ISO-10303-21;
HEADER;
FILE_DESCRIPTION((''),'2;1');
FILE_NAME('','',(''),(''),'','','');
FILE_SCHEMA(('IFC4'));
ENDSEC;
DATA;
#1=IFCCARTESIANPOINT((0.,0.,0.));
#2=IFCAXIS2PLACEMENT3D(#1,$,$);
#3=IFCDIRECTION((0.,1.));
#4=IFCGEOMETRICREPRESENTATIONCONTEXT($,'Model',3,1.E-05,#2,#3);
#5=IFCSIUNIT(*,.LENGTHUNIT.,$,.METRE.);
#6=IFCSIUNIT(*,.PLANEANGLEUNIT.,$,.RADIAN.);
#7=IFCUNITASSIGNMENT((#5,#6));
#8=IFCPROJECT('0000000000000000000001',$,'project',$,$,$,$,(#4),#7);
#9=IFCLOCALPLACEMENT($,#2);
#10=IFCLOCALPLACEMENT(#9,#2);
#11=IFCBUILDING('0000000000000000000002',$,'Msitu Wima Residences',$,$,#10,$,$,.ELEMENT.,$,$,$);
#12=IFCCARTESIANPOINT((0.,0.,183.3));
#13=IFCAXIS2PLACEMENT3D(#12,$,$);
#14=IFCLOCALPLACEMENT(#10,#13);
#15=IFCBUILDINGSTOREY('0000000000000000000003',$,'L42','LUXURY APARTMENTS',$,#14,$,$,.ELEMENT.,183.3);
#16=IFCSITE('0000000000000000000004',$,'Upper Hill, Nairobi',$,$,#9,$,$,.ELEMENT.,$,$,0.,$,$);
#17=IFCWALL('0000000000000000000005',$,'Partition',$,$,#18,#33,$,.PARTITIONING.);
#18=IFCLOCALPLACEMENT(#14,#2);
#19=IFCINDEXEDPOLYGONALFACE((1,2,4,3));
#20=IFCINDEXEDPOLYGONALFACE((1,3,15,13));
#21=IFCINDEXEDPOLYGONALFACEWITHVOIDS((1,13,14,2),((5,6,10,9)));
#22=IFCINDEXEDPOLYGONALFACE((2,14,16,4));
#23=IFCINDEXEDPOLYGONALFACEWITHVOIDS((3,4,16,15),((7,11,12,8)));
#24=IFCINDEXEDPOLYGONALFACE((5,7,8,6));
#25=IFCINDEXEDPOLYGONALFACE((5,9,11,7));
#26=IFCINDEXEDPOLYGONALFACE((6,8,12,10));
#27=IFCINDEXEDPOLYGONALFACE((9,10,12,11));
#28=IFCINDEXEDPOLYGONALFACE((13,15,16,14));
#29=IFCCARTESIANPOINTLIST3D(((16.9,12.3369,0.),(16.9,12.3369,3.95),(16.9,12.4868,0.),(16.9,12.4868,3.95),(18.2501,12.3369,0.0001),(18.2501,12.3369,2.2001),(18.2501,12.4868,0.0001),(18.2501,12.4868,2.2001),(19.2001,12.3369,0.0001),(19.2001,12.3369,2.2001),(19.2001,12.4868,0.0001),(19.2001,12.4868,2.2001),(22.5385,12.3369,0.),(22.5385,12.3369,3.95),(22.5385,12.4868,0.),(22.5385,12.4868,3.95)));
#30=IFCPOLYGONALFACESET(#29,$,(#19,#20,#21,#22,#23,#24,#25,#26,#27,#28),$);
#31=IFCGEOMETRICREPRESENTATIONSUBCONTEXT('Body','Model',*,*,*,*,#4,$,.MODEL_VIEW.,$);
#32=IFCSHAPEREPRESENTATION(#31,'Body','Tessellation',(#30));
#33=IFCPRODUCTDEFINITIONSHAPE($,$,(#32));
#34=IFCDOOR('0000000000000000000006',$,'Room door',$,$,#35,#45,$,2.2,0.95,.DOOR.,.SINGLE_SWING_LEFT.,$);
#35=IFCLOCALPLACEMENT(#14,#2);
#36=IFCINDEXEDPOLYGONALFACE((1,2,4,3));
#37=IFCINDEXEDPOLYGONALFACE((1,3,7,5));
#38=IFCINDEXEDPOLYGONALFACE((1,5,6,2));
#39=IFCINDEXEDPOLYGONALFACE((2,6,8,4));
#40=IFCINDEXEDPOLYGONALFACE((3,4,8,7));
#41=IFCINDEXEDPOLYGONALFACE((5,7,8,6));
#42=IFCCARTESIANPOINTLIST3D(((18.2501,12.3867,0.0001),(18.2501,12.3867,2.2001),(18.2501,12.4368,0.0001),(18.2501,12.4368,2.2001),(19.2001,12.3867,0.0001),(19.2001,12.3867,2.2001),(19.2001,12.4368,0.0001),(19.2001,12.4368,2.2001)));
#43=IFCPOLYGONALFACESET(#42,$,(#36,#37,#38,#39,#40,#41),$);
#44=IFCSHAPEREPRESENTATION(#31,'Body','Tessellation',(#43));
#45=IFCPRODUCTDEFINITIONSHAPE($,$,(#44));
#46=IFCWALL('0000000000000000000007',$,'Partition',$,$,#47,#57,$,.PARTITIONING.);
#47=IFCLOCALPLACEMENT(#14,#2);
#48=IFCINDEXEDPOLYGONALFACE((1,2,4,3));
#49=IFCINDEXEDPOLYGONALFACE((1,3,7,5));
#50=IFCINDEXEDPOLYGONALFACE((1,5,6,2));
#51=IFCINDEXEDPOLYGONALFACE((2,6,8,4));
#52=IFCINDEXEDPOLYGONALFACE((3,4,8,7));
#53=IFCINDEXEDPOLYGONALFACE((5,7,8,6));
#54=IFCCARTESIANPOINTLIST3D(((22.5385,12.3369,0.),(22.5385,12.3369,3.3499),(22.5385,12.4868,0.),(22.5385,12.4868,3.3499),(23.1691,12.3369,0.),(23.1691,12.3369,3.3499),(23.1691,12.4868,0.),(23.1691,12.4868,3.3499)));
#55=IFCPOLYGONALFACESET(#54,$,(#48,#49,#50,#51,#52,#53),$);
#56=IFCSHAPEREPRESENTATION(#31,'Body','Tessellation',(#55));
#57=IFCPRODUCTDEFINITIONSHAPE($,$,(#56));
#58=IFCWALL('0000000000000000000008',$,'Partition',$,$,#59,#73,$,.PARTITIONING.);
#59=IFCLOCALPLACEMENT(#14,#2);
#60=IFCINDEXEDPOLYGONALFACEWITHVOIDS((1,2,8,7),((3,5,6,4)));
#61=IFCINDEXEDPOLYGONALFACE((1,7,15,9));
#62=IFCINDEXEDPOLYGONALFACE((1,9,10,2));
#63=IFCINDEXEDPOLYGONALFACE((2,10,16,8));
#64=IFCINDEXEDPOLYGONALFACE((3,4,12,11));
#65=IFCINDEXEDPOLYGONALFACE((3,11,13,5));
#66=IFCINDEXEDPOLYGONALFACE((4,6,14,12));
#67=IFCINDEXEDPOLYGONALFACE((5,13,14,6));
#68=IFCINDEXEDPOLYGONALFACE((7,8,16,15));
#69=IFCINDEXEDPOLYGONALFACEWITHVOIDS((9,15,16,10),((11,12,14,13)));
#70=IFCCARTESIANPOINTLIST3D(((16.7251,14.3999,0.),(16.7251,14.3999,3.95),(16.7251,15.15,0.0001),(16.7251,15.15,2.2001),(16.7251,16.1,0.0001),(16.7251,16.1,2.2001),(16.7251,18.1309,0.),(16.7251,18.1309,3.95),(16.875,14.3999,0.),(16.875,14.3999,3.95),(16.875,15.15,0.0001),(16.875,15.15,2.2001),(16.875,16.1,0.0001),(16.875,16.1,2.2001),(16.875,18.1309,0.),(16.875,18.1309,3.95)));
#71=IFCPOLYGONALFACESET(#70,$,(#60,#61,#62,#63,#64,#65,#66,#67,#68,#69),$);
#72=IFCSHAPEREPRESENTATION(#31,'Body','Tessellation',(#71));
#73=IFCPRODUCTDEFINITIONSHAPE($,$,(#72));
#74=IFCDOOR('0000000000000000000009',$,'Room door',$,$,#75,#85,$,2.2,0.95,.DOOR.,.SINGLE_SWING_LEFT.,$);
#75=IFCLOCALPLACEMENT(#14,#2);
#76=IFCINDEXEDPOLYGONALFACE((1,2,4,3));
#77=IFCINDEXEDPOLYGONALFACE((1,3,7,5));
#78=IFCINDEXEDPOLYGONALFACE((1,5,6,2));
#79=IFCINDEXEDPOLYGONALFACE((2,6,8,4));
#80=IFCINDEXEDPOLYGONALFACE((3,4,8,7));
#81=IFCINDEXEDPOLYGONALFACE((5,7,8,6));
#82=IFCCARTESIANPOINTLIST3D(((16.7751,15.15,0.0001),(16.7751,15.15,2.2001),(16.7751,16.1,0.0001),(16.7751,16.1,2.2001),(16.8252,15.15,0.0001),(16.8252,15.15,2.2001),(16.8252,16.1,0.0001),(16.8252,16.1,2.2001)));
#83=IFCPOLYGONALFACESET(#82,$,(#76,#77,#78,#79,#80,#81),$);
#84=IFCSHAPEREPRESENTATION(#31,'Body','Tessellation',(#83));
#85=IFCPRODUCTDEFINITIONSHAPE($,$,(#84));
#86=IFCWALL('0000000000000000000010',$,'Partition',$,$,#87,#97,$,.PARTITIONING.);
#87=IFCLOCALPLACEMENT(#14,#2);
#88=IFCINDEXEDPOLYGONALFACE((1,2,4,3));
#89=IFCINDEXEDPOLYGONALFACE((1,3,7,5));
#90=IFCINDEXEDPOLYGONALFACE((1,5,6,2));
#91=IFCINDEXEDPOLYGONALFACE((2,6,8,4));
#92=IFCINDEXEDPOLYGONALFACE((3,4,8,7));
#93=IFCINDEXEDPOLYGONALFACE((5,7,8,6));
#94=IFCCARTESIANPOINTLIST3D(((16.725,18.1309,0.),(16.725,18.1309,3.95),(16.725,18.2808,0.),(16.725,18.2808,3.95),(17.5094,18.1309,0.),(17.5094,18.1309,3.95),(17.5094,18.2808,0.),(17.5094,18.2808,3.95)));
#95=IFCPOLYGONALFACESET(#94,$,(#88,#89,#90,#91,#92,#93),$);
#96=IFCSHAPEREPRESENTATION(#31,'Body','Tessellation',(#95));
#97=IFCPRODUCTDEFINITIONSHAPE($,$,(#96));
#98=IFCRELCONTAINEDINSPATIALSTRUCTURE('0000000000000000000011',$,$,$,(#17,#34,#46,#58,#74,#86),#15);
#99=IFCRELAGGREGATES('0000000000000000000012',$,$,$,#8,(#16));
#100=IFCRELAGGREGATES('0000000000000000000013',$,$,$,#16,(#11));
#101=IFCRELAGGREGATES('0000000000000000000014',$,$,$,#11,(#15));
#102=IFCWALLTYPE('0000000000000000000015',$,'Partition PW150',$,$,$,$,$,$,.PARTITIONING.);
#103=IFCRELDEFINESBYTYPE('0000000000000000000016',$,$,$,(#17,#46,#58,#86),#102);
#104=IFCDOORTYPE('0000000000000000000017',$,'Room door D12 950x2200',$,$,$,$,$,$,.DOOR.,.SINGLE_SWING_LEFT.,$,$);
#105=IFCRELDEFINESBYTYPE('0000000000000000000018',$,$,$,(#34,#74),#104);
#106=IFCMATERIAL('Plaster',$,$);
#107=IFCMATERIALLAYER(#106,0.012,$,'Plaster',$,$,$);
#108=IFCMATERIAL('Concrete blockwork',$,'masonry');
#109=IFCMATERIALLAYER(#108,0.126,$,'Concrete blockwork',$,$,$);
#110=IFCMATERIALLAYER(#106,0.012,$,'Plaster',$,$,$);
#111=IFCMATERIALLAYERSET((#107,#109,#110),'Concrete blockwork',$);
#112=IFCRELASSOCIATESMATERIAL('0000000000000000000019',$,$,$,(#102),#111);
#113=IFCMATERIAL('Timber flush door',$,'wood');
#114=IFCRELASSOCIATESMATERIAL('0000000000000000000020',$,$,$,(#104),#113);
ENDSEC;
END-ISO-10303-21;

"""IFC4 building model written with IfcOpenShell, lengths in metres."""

from ifc_helpers import new_model, si_unit, direction, frame, frame_2d, origin, place, context, subcontext, project, spatial, rectangle, extrude, material, layer, layer_set, type_object, element, fill, save


model = new_model("IFC4")

# Units and contexts
model_context = context("Model", 3, precision=1e-05, world=origin(), true_north=direction((0.0, 1.0)))
body_context = subcontext(model_context, "Body", "Model", "MODEL_VIEW")
ifc_project = project(units=[si_unit("LENGTHUNIT", "METRE"), si_unit("PLANEANGLEUNIT", "RADIAN")], contexts=[model_context])

# Site, building, storey
site_placement = place(None, origin())
site = spatial("IfcSite", under=ifc_project, at=site_placement, Name="Upper Hill, Nairobi", CompositionType="ELEMENT", RefElevation=0.0)
building_placement = place(site_placement, origin())
building = spatial("IfcBuilding", under=site, at=building_placement, Name="Msitu Wima Residences", CompositionType="ELEMENT")
storey_placement = place(building_placement, frame((0.0, 0.0, 183.3)))
storey = spatial("IfcBuildingStorey", under=building, at=storey_placement, Name="L42", Description="LUXURY APARTMENTS", CompositionType="ELEMENT", Elevation=183.3)

# Shared definitions
ifc_material_1 = material(Name="Plaster")
ifc_material_2 = material(Name="Concrete blockwork", Category="masonry")

# Wall, opening, door
ifc_layer_1 = layer(ifc_material_1, 0.012, Name="Plaster")
ifc_layer_2 = layer(ifc_material_2, 0.126, Name="Concrete blockwork")
ifc_layer_3 = layer(ifc_material_1, 0.012, Name="Plaster")
ifc_layer_set_1 = layer_set([ifc_layer_1, ifc_layer_2, ifc_layer_3], Name="Concrete blockwork")
wall_type_1 = type_object("IfcWallType", Name="Partition PW150", PredefinedType="PARTITIONING", material=ifc_layer_set_1)
ifc_material_3 = material(Name="Timber flush door", Category="wood")
door_type_1 = type_object("IfcDoorType", Name="Room door D12 950x2200", OperationType="SINGLE_SWING_LEFT", PredefinedType="DOOR", material=ifc_material_3)
wall_1_placement = place(storey_placement, frame((16.8999, 12.4119, 0.0), z_axis=(0.0, 0.0, 1.0), x_axis=(1.0, 0.0, 0.0)))
wall_1 = element("IfcWall", 1, at=wall_1_placement, inside=storey, type_object=wall_type_1, Name="Partition", PredefinedType="PARTITIONING", context=body_context, shape_type="SweptSolid", body=[
    extrude(rectangle(XDim=5.6384, YDim=0.1499, at=frame_2d((2.8193, 0.0))), origin(), (0.0, 0.0, 1.0), 3.95),
])
opening_1_placement = place(wall_1_placement, frame((1.3501, 0.0, 0.0)))
opening_1 = element("IfcOpeningElement", 2, at=opening_1_placement, cuts=wall_1, PredefinedType="OPENING", context=body_context, shape_type="SweptSolid", body=[
    extrude(rectangle(XDim=0.95, YDim=2.2, at=frame_2d((0.4751, 1.1001))), frame((0.0, 0.085, 0.0), z_axis=(0.0, -1.0, 0.0), x_axis=(1.0, 0.0, 0.0)), (0.0, 0.0, 1.0), 0.1699),
])
door_1_placement = place(opening_1_placement, origin())
door_1 = element("IfcDoor", 3, at=door_1_placement, inside=storey, type_object=door_type_1, Name="Room door", OperationType="SINGLE_SWING_LEFT", OverallHeight=2.2, OverallWidth=0.95, PredefinedType="DOOR", context=body_context, shape_type="SweptSolid", body=[
    extrude(rectangle(XDim=0.95, YDim=2.2, at=frame_2d((0.4751, 1.1001))), frame((0.0, 0.0249, 0.0), z_axis=(0.0, -1.0, 0.0), x_axis=(1.0, 0.0, 0.0)), (0.0, 0.0, 1.0), 0.05),
])
fill(opening_1, door_1)

# Wall
wall_2_placement = place(storey_placement, frame((22.5383, 12.4119, 0.0), z_axis=(0.0, 0.0, 1.0), x_axis=(1.0, 0.0, 0.0)))
element("IfcWall", 4, at=wall_2_placement, inside=storey, type_object=wall_type_1, Name="Partition", PredefinedType="PARTITIONING", context=body_context, shape_type="SweptSolid", body=[
    extrude(rectangle(XDim=0.6306, YDim=0.1499, at=frame_2d((0.3154, 0.0))), origin(), (0.0, 0.0, 1.0), 3.3499),
])

# Wall, opening, door
wall_3_placement = place(storey_placement, frame((16.8, 14.3999, 0.0), z_axis=(0.0, 0.0, 1.0), x_axis=(0.0, 1.0, 0.0)))
wall_3 = element("IfcWall", 5, at=wall_3_placement, inside=storey, type_object=wall_type_1, Name="Partition", PredefinedType="PARTITIONING", context=body_context, shape_type="SweptSolid", body=[
    extrude(rectangle(XDim=3.731, YDim=0.1499, at=frame_2d((1.8655, 0.0))), origin(), (0.0, 0.0, 1.0), 3.95),
])
opening_2_placement = place(wall_3_placement, frame((0.75, 0.0, 0.0)))
opening_2 = element("IfcOpeningElement", 6, at=opening_2_placement, cuts=wall_3, PredefinedType="OPENING", context=body_context, shape_type="SweptSolid", body=[
    extrude(rectangle(XDim=0.95, YDim=2.2, at=frame_2d((0.4751, 1.1001))), frame((0.0, 0.085, 0.0), z_axis=(0.0, -1.0, 0.0), x_axis=(1.0, 0.0, 0.0)), (0.0, 0.0, 1.0), 0.1699),
])
door_2_placement = place(opening_2_placement, origin())
door_2 = element("IfcDoor", 7, at=door_2_placement, inside=storey, type_object=door_type_1, Name="Room door", OperationType="SINGLE_SWING_LEFT", OverallHeight=2.2, OverallWidth=0.95, PredefinedType="DOOR", context=body_context, shape_type="SweptSolid", body=[
    extrude(rectangle(XDim=0.95, YDim=2.2, at=frame_2d((0.4751, 1.1001))), frame((0.0, 0.0249, 0.0), z_axis=(0.0, -1.0, 0.0), x_axis=(1.0, 0.0, 0.0)), (0.0, 0.0, 1.0), 0.05),
])
fill(opening_2, door_2)

# Wall
wall_4_placement = place(storey_placement, frame((16.7251, 18.2058, 0.0), z_axis=(0.0, 0.0, 1.0), x_axis=(1.0, 0.0, 0.0)))
element("IfcWall", 8, at=wall_4_placement, inside=storey, type_object=wall_type_1, Name="Partition", PredefinedType="PARTITIONING", context=body_context, shape_type="SweptSolid", body=[
    extrude(rectangle(XDim=0.7844, YDim=0.1499, at=frame_2d((0.3921, 0.0))), origin(), (0.0, 0.0, 1.0), 3.95),
])

save(model, "model.ifc")
